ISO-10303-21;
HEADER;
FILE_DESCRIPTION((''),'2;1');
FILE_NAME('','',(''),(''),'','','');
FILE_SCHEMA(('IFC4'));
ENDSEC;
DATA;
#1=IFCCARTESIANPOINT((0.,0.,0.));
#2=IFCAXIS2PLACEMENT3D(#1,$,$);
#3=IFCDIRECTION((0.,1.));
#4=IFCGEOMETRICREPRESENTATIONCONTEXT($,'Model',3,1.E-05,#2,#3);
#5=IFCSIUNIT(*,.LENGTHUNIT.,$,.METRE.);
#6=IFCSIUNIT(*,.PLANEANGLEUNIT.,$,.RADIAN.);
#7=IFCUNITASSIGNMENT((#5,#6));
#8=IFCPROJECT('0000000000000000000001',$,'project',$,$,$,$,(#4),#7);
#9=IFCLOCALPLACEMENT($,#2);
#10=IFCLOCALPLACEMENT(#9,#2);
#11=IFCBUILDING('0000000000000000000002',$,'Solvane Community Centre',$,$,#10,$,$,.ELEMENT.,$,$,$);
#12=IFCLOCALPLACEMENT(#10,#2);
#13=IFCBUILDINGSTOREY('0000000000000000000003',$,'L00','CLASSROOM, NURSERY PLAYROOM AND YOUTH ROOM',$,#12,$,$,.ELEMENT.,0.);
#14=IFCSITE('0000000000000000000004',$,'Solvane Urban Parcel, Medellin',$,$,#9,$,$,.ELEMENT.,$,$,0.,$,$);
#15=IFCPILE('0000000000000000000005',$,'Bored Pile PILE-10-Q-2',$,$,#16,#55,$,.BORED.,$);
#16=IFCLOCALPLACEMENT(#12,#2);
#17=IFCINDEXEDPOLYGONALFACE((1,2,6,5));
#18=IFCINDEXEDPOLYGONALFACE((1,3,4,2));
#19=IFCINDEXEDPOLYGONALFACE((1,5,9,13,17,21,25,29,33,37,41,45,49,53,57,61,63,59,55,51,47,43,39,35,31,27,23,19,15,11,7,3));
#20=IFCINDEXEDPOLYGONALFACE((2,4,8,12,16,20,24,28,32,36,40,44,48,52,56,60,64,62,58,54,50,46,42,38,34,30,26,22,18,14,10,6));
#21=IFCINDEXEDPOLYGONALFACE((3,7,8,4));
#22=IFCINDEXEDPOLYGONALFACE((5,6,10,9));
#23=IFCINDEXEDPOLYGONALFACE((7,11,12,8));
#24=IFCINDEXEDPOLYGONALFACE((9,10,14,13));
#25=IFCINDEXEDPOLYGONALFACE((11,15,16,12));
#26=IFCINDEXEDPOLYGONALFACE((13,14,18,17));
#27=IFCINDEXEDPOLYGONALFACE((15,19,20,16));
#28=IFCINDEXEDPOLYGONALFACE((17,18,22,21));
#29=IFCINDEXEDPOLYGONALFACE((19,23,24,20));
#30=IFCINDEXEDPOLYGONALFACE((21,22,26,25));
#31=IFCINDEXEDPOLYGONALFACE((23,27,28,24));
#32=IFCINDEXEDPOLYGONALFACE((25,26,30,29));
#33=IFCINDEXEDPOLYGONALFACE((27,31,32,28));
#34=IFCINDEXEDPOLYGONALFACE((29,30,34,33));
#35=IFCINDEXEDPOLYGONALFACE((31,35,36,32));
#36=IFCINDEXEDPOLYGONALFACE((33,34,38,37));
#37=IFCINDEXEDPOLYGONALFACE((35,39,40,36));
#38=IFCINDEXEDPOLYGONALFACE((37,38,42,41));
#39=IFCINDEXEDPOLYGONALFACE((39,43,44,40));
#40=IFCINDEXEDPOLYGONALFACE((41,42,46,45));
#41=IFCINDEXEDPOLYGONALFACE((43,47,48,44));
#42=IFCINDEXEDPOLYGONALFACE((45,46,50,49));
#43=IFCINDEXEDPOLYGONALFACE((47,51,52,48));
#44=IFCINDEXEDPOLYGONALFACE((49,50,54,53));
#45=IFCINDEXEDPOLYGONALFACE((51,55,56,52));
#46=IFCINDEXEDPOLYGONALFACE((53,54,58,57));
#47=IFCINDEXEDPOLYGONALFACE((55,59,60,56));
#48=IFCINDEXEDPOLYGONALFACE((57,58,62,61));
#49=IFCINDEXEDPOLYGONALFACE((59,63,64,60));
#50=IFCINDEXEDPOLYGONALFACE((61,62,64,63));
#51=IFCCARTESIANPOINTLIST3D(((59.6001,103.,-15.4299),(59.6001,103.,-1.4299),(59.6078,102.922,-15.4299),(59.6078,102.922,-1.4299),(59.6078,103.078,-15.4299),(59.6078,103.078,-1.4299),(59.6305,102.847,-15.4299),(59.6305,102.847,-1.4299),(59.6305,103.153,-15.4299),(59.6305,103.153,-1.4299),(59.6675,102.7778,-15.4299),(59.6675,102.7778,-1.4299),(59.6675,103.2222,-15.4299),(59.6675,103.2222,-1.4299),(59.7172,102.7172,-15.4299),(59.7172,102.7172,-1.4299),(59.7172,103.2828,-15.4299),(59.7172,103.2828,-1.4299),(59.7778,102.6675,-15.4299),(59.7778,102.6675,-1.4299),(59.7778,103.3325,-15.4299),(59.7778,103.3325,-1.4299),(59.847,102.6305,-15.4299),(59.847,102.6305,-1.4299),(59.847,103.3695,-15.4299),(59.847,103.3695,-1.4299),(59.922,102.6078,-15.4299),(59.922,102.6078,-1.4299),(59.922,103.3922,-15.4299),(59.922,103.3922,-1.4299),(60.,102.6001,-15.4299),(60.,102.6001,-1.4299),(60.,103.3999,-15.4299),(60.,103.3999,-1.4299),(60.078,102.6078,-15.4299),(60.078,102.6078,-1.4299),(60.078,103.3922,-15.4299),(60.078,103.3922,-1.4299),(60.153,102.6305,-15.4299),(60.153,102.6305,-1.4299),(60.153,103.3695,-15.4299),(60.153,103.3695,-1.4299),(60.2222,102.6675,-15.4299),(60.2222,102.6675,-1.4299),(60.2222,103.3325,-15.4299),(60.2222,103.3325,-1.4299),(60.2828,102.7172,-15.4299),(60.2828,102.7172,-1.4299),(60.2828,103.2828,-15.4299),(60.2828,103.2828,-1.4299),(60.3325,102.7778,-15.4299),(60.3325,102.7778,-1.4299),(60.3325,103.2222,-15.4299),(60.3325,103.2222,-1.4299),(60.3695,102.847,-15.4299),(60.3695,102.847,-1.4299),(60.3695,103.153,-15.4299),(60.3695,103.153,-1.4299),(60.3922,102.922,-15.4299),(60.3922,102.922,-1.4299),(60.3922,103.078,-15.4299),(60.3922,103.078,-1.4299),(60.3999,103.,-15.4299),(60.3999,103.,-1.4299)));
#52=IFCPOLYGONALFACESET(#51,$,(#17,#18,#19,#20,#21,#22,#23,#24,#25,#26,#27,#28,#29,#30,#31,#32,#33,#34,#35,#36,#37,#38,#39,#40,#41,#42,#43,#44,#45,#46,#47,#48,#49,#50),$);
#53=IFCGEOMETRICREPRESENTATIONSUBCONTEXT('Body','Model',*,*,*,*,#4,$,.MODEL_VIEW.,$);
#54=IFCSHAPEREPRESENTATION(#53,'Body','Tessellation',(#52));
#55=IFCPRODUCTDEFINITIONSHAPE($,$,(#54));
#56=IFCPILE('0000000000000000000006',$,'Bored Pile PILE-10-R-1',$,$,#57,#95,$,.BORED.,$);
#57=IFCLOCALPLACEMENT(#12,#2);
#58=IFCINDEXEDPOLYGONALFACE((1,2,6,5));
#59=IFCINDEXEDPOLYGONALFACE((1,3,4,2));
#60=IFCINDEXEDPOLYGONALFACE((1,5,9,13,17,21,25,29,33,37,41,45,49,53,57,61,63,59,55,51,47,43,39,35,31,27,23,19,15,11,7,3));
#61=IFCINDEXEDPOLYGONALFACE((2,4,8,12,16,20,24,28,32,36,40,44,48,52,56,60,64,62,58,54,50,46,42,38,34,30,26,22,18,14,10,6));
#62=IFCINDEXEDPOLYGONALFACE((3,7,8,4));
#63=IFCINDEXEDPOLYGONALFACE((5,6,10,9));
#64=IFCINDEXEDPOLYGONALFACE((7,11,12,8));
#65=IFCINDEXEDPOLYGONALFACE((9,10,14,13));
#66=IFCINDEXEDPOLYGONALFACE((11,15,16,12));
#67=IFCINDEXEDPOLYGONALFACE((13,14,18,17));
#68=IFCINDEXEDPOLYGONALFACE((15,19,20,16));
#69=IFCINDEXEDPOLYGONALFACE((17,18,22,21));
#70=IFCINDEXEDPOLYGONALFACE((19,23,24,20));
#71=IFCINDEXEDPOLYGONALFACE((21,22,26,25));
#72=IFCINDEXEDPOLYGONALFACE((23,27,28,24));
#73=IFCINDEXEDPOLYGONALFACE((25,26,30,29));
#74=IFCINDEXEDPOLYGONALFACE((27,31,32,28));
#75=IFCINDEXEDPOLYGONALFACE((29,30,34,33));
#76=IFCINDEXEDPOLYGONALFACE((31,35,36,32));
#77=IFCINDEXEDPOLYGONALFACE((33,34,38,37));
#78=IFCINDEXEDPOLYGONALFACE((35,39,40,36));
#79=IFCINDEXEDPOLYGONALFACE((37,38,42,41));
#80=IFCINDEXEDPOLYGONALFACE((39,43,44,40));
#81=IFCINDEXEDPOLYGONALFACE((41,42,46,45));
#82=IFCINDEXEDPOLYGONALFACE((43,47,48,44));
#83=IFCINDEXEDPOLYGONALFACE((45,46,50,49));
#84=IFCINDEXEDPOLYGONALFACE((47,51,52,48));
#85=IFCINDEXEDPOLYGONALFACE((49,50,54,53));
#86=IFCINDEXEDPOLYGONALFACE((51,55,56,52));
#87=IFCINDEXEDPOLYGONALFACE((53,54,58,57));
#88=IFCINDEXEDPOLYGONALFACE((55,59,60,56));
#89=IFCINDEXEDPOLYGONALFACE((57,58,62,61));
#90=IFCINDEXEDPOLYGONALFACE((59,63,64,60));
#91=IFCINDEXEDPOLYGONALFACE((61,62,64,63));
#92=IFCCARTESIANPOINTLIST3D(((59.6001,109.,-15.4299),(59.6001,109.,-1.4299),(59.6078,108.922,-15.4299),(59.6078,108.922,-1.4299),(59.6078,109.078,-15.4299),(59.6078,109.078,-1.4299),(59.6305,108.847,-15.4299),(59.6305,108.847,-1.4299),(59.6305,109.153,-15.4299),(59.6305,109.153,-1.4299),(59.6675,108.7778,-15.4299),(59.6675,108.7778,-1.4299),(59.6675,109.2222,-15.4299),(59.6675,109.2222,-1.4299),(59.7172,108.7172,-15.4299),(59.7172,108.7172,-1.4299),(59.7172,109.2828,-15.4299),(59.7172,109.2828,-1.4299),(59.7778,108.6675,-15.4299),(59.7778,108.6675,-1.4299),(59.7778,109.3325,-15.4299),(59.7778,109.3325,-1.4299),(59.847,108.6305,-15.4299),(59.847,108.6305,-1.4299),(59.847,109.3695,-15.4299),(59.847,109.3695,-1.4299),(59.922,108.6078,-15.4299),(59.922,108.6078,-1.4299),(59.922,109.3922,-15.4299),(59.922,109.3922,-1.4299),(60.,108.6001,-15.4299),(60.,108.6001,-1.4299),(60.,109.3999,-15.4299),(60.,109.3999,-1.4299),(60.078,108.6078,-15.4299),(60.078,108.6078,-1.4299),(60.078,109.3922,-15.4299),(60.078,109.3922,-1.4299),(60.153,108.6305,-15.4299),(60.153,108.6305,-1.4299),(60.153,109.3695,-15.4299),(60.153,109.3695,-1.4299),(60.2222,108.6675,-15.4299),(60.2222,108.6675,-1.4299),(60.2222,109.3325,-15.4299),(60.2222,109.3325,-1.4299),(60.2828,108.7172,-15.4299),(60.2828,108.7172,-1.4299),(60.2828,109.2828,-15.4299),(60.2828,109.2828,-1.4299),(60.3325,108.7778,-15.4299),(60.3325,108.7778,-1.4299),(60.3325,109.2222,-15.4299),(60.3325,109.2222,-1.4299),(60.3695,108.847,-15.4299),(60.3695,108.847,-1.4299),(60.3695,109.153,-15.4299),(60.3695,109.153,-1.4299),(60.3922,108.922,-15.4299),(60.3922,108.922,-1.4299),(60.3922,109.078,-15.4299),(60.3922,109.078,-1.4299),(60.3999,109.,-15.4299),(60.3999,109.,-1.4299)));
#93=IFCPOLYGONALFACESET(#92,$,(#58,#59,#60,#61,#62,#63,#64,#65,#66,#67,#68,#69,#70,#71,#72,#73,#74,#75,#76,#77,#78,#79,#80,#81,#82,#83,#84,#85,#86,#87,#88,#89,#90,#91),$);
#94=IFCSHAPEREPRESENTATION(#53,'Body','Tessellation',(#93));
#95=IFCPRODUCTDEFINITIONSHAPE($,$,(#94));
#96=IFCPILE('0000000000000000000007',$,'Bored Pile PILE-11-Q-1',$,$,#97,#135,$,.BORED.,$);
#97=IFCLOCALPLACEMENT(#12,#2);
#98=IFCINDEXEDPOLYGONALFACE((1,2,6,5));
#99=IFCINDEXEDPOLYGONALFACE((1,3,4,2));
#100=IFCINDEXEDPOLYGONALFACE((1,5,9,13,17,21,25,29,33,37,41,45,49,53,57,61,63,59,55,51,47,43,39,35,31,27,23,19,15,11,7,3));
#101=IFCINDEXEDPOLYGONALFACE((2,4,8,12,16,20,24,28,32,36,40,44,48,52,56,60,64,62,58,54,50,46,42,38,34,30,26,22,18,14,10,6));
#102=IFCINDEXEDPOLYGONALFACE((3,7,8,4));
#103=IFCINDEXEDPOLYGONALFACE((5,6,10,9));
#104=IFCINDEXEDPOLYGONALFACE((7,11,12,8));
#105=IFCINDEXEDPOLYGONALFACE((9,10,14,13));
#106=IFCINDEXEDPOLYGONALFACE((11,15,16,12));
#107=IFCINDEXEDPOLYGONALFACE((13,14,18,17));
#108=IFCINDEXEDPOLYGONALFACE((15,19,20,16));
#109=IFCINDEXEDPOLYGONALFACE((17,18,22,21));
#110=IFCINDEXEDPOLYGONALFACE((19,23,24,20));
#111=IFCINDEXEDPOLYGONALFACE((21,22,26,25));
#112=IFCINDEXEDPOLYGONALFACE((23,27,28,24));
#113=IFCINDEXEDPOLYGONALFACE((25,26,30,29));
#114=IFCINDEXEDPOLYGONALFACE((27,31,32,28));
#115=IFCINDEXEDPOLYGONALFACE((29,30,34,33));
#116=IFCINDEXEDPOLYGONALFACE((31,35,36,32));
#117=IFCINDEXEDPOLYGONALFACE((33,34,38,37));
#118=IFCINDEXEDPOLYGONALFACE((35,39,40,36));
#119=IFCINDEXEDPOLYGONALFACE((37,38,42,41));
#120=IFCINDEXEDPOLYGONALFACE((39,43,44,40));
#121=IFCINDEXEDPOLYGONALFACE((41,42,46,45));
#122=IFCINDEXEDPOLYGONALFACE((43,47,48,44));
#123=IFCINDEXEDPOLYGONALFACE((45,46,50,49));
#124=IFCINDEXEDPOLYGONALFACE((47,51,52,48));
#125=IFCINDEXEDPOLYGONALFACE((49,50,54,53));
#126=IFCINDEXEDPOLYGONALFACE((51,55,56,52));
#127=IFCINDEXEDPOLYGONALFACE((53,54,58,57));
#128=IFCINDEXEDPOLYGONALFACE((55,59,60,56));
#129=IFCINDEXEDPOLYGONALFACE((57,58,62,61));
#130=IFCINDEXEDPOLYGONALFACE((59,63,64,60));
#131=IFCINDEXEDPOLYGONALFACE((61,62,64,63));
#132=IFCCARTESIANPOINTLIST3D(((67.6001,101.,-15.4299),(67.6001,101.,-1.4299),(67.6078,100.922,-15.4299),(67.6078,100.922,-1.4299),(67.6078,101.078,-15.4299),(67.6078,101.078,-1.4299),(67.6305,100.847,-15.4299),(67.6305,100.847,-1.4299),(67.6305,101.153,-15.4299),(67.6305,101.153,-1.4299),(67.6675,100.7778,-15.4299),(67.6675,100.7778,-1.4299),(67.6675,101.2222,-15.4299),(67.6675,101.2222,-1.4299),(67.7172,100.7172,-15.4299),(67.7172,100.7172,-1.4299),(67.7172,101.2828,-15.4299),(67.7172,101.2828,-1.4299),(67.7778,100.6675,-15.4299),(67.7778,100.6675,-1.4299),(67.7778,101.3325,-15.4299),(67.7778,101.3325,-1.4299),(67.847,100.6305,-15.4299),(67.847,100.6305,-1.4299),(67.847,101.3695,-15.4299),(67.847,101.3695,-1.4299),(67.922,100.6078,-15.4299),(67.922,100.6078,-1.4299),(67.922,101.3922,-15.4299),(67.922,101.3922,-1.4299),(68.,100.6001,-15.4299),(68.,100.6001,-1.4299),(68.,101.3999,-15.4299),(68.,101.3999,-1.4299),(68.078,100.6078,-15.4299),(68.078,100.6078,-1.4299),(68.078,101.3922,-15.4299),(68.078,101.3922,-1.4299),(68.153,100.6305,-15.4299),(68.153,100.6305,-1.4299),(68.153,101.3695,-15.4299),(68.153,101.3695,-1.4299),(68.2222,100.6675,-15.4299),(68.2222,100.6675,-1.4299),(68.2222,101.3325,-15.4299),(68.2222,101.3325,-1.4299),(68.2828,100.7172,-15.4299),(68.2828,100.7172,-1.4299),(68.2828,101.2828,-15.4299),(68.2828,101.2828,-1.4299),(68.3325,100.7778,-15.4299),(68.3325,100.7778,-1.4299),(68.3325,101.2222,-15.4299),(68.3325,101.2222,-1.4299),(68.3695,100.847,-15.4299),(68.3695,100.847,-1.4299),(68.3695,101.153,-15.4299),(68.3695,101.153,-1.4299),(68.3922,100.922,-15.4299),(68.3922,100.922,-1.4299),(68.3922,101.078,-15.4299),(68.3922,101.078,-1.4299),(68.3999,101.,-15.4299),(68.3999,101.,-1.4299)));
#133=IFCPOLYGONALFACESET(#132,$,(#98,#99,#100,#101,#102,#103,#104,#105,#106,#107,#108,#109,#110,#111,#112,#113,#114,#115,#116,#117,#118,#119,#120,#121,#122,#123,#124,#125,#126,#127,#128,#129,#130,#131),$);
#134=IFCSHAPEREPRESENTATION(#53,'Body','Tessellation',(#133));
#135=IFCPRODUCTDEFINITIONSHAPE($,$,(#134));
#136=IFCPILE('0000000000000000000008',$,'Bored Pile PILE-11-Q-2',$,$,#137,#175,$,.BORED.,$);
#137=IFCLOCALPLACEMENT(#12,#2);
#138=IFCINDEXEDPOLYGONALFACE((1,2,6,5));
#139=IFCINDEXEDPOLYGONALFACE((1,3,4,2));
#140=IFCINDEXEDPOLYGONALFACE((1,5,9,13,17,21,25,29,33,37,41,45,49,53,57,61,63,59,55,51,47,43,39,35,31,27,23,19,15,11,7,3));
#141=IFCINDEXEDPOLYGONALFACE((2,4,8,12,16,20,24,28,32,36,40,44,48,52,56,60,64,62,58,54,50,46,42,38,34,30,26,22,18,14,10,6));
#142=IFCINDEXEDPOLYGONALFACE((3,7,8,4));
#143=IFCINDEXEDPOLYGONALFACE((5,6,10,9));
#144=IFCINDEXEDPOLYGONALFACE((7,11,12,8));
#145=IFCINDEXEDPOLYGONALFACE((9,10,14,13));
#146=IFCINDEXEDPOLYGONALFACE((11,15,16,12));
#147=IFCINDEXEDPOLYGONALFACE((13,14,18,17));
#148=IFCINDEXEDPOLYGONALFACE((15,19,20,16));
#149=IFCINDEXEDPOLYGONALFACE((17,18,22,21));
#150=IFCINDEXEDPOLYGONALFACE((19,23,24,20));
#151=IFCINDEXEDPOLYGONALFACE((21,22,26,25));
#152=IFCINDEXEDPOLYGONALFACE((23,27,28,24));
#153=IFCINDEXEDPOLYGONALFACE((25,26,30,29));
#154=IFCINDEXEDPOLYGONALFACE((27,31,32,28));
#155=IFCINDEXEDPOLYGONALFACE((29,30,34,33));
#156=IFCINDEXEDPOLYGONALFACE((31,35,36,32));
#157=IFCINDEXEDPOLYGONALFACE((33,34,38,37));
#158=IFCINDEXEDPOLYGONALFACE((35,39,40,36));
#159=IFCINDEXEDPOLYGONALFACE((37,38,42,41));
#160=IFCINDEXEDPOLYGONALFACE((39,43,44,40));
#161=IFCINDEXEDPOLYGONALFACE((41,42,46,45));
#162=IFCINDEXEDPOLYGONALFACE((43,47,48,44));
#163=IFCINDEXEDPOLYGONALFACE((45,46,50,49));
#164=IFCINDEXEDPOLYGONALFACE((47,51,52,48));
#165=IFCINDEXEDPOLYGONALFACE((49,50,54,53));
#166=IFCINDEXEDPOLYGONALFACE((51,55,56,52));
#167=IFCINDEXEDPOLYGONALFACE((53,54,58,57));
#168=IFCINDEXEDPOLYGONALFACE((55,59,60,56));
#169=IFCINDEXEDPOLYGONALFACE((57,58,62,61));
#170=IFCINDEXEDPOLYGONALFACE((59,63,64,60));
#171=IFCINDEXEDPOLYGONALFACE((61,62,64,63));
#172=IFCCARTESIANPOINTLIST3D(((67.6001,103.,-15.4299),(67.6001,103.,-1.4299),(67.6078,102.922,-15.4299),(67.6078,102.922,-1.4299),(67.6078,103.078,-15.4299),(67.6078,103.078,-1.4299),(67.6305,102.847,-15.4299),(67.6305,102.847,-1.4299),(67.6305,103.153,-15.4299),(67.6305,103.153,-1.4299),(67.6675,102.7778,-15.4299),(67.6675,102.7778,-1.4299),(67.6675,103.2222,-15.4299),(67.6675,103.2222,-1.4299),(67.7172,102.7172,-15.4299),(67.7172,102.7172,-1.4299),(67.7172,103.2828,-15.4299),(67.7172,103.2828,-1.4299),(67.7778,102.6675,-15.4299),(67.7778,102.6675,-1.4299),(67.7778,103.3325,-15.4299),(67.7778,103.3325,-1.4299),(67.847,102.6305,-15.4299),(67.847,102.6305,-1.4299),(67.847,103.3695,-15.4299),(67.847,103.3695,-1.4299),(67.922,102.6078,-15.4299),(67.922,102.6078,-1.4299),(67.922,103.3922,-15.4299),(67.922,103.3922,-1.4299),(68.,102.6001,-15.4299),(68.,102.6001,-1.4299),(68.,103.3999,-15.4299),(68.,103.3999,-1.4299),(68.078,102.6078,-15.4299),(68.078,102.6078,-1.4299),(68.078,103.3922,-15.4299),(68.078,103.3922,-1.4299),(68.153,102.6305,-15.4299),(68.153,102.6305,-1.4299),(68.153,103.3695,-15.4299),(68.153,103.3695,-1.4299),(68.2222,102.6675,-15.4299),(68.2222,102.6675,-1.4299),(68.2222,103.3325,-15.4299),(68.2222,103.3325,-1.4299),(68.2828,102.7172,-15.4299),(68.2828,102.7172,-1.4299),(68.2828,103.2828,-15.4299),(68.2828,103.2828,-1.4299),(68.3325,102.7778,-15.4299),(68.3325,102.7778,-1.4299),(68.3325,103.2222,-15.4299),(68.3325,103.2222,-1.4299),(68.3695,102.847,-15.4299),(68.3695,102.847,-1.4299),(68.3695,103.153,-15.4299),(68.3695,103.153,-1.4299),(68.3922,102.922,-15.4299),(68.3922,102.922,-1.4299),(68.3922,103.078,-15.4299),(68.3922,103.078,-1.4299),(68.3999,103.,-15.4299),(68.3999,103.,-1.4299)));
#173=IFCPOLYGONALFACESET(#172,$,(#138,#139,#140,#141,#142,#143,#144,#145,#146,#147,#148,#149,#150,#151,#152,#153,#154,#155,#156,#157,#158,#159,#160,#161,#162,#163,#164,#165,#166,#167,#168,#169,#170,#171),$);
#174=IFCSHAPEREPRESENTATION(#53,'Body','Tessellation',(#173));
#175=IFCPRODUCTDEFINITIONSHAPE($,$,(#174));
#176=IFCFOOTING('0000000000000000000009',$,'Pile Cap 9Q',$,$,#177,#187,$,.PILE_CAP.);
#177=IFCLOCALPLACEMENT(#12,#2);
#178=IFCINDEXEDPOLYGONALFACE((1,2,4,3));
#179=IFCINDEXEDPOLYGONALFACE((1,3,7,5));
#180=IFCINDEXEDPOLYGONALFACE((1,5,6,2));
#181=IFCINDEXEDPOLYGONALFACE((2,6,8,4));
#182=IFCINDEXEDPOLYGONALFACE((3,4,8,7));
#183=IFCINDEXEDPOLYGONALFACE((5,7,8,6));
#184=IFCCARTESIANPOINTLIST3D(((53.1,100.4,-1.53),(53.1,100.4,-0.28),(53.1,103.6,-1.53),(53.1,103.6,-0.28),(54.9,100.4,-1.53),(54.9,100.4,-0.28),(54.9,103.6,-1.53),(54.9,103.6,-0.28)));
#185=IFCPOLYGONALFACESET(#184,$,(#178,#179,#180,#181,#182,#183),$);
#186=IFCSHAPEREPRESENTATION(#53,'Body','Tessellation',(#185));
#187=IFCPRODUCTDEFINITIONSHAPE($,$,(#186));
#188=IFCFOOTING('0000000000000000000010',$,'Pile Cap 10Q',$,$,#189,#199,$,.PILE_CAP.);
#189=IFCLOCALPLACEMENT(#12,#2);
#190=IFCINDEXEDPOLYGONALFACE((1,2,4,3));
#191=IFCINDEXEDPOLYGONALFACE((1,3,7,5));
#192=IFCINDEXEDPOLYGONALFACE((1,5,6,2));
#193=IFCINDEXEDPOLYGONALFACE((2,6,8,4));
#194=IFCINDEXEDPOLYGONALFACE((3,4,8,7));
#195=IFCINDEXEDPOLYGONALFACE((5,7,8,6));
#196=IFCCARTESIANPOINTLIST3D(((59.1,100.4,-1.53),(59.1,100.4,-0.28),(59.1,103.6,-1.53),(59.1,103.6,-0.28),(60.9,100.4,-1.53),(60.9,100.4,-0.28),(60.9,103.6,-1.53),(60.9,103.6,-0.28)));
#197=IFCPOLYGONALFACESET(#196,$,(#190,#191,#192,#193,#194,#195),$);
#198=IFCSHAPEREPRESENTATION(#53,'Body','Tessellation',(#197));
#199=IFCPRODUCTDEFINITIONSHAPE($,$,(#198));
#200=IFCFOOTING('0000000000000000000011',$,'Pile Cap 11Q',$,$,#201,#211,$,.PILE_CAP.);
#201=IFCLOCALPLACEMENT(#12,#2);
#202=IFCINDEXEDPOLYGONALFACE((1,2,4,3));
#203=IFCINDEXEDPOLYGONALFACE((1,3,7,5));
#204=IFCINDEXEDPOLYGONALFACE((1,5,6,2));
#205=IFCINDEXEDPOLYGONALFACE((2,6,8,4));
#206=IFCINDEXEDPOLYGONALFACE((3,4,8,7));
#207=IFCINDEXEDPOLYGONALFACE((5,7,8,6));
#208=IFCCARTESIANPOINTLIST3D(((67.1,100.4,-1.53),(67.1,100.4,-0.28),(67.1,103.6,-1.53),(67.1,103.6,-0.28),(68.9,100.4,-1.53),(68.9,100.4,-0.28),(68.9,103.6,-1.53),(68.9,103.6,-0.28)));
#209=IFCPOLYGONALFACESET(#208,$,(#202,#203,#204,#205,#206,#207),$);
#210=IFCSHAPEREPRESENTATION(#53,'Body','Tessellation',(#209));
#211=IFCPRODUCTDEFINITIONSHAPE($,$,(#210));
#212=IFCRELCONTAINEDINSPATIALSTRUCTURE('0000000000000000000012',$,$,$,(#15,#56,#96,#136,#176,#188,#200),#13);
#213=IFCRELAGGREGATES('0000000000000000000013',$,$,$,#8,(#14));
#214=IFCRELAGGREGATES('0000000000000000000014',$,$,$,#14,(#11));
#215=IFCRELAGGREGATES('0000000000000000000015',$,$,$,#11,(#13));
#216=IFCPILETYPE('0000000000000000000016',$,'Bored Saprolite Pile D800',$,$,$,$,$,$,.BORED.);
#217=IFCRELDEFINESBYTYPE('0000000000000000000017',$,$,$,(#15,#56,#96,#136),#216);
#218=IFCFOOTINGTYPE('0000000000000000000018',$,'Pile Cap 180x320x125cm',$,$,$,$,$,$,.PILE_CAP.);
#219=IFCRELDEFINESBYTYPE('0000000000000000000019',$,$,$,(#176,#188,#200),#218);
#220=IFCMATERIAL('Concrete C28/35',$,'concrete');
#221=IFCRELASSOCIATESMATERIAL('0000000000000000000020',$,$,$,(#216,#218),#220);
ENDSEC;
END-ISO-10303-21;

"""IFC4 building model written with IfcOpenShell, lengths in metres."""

from ifc_helpers import new_model, si_unit, direction, frame, origin, origin_2d, place, context, subcontext, project, spatial, rectangle, circle, extrude, material, material_profile, profile_set, type_object, element, save


model = new_model("IFC4")

# Units and contexts
model_context = context("Model", 3, precision=1e-05, world=origin(), true_north=direction((0.0, 1.0)))
body_context = subcontext(model_context, "Body", "Model", "MODEL_VIEW")
ifc_project = project(units=[si_unit("LENGTHUNIT", "METRE"), si_unit("PLANEANGLEUNIT", "RADIAN")], contexts=[model_context])

# Site, building, storey
site_placement = place(None, origin())
site = spatial("IfcSite", under=ifc_project, at=site_placement, Name="Solvane Urban Parcel, Medellin", CompositionType="ELEMENT", RefElevation=0.0)
building_placement = place(site_placement, origin())
building = spatial("IfcBuilding", under=site, at=building_placement, Name="Solvane Community Centre", CompositionType="ELEMENT")
storey_placement = place(building_placement, origin())
storey = spatial("IfcBuildingStorey", under=building, at=storey_placement, Name="L00", Description="CLASSROOM, NURSERY PLAYROOM AND YOUTH ROOM", CompositionType="ELEMENT", Elevation=0.0)

# Piles
ifc_material_1 = material(Name="Concrete C28/35", Category="concrete")
ifc_material_profile_1 = material_profile(ifc_material_1, circle(Radius=0.3999, at=origin_2d()), Name="PILE D800")
ifc_profile_set_1 = profile_set([ifc_material_profile_1], Name="Concrete C28/35")
pile_type = type_object("IfcPileType", Name="Bored Saprolite Pile D800", PredefinedType="BORED", material=ifc_profile_set_1)
for number, where, z_axis, x_axis, name in (
    (1, (60.0, 103.0, -1.4299), (0.0, 0.0, -1.0), (1.0, 0.0, 0.0), "Bored Pile PILE-10-Q-2"),
    (2, (60.0, 109.0, -1.4299), (0.0, 0.0, -1.0), (1.0, 0.0, 0.0), "Bored Pile PILE-10-R-1"),
    (3, (68.0, 101.0, -1.4299), (0.0, 0.0, -1.0), (1.0, 0.0, 0.0), "Bored Pile PILE-11-Q-1"),
    (4, (68.0, 103.0, -1.4299), (0.0, 0.0, -1.0), (1.0, 0.0, 0.0), "Bored Pile PILE-11-Q-2"),
):
    element("IfcPile", number, at=place(storey_placement, frame(where, z_axis=z_axis, x_axis=x_axis)), inside=storey, type_object=pile_type, Name=name, PredefinedType="BORED", context=body_context, shape_type="SweptSolid", body=[
        extrude(circle(Radius=0.3999, at=origin_2d()), origin(), (0.0, 0.0, 1.0), 14.0),
    ])

# Footings
footing_type_1 = type_object("IfcFootingType", Name="Pile Cap 180x320x125cm", PredefinedType="PILE_CAP", material=ifc_material_1)
for number, where, z_axis, x_axis, name in (
    (5, (54.0, 102.0, -1.53), (0.0, 0.0, 1.0), (1.0, 0.0, 0.0), "Pile Cap 9Q"),
    (6, (60.0, 102.0, -1.53), (0.0, 0.0, 1.0), (1.0, 0.0, 0.0), "Pile Cap 10Q"),
    (7, (68.0, 102.0, -1.53), (0.0, 0.0, 1.0), (1.0, 0.0, 0.0), "Pile Cap 11Q"),
):
    element("IfcFooting", number, at=place(storey_placement, frame(where, z_axis=z_axis, x_axis=x_axis)), inside=storey, type_object=footing_type_1, Name=name, PredefinedType="PILE_CAP", context=body_context, shape_type="SweptSolid", body=[
        extrude(rectangle(XDim=1.8, YDim=3.2, at=origin_2d()), origin(), (0.0, 0.0, 1.0), 1.25),
    ])

save(model, "model.ifc")
